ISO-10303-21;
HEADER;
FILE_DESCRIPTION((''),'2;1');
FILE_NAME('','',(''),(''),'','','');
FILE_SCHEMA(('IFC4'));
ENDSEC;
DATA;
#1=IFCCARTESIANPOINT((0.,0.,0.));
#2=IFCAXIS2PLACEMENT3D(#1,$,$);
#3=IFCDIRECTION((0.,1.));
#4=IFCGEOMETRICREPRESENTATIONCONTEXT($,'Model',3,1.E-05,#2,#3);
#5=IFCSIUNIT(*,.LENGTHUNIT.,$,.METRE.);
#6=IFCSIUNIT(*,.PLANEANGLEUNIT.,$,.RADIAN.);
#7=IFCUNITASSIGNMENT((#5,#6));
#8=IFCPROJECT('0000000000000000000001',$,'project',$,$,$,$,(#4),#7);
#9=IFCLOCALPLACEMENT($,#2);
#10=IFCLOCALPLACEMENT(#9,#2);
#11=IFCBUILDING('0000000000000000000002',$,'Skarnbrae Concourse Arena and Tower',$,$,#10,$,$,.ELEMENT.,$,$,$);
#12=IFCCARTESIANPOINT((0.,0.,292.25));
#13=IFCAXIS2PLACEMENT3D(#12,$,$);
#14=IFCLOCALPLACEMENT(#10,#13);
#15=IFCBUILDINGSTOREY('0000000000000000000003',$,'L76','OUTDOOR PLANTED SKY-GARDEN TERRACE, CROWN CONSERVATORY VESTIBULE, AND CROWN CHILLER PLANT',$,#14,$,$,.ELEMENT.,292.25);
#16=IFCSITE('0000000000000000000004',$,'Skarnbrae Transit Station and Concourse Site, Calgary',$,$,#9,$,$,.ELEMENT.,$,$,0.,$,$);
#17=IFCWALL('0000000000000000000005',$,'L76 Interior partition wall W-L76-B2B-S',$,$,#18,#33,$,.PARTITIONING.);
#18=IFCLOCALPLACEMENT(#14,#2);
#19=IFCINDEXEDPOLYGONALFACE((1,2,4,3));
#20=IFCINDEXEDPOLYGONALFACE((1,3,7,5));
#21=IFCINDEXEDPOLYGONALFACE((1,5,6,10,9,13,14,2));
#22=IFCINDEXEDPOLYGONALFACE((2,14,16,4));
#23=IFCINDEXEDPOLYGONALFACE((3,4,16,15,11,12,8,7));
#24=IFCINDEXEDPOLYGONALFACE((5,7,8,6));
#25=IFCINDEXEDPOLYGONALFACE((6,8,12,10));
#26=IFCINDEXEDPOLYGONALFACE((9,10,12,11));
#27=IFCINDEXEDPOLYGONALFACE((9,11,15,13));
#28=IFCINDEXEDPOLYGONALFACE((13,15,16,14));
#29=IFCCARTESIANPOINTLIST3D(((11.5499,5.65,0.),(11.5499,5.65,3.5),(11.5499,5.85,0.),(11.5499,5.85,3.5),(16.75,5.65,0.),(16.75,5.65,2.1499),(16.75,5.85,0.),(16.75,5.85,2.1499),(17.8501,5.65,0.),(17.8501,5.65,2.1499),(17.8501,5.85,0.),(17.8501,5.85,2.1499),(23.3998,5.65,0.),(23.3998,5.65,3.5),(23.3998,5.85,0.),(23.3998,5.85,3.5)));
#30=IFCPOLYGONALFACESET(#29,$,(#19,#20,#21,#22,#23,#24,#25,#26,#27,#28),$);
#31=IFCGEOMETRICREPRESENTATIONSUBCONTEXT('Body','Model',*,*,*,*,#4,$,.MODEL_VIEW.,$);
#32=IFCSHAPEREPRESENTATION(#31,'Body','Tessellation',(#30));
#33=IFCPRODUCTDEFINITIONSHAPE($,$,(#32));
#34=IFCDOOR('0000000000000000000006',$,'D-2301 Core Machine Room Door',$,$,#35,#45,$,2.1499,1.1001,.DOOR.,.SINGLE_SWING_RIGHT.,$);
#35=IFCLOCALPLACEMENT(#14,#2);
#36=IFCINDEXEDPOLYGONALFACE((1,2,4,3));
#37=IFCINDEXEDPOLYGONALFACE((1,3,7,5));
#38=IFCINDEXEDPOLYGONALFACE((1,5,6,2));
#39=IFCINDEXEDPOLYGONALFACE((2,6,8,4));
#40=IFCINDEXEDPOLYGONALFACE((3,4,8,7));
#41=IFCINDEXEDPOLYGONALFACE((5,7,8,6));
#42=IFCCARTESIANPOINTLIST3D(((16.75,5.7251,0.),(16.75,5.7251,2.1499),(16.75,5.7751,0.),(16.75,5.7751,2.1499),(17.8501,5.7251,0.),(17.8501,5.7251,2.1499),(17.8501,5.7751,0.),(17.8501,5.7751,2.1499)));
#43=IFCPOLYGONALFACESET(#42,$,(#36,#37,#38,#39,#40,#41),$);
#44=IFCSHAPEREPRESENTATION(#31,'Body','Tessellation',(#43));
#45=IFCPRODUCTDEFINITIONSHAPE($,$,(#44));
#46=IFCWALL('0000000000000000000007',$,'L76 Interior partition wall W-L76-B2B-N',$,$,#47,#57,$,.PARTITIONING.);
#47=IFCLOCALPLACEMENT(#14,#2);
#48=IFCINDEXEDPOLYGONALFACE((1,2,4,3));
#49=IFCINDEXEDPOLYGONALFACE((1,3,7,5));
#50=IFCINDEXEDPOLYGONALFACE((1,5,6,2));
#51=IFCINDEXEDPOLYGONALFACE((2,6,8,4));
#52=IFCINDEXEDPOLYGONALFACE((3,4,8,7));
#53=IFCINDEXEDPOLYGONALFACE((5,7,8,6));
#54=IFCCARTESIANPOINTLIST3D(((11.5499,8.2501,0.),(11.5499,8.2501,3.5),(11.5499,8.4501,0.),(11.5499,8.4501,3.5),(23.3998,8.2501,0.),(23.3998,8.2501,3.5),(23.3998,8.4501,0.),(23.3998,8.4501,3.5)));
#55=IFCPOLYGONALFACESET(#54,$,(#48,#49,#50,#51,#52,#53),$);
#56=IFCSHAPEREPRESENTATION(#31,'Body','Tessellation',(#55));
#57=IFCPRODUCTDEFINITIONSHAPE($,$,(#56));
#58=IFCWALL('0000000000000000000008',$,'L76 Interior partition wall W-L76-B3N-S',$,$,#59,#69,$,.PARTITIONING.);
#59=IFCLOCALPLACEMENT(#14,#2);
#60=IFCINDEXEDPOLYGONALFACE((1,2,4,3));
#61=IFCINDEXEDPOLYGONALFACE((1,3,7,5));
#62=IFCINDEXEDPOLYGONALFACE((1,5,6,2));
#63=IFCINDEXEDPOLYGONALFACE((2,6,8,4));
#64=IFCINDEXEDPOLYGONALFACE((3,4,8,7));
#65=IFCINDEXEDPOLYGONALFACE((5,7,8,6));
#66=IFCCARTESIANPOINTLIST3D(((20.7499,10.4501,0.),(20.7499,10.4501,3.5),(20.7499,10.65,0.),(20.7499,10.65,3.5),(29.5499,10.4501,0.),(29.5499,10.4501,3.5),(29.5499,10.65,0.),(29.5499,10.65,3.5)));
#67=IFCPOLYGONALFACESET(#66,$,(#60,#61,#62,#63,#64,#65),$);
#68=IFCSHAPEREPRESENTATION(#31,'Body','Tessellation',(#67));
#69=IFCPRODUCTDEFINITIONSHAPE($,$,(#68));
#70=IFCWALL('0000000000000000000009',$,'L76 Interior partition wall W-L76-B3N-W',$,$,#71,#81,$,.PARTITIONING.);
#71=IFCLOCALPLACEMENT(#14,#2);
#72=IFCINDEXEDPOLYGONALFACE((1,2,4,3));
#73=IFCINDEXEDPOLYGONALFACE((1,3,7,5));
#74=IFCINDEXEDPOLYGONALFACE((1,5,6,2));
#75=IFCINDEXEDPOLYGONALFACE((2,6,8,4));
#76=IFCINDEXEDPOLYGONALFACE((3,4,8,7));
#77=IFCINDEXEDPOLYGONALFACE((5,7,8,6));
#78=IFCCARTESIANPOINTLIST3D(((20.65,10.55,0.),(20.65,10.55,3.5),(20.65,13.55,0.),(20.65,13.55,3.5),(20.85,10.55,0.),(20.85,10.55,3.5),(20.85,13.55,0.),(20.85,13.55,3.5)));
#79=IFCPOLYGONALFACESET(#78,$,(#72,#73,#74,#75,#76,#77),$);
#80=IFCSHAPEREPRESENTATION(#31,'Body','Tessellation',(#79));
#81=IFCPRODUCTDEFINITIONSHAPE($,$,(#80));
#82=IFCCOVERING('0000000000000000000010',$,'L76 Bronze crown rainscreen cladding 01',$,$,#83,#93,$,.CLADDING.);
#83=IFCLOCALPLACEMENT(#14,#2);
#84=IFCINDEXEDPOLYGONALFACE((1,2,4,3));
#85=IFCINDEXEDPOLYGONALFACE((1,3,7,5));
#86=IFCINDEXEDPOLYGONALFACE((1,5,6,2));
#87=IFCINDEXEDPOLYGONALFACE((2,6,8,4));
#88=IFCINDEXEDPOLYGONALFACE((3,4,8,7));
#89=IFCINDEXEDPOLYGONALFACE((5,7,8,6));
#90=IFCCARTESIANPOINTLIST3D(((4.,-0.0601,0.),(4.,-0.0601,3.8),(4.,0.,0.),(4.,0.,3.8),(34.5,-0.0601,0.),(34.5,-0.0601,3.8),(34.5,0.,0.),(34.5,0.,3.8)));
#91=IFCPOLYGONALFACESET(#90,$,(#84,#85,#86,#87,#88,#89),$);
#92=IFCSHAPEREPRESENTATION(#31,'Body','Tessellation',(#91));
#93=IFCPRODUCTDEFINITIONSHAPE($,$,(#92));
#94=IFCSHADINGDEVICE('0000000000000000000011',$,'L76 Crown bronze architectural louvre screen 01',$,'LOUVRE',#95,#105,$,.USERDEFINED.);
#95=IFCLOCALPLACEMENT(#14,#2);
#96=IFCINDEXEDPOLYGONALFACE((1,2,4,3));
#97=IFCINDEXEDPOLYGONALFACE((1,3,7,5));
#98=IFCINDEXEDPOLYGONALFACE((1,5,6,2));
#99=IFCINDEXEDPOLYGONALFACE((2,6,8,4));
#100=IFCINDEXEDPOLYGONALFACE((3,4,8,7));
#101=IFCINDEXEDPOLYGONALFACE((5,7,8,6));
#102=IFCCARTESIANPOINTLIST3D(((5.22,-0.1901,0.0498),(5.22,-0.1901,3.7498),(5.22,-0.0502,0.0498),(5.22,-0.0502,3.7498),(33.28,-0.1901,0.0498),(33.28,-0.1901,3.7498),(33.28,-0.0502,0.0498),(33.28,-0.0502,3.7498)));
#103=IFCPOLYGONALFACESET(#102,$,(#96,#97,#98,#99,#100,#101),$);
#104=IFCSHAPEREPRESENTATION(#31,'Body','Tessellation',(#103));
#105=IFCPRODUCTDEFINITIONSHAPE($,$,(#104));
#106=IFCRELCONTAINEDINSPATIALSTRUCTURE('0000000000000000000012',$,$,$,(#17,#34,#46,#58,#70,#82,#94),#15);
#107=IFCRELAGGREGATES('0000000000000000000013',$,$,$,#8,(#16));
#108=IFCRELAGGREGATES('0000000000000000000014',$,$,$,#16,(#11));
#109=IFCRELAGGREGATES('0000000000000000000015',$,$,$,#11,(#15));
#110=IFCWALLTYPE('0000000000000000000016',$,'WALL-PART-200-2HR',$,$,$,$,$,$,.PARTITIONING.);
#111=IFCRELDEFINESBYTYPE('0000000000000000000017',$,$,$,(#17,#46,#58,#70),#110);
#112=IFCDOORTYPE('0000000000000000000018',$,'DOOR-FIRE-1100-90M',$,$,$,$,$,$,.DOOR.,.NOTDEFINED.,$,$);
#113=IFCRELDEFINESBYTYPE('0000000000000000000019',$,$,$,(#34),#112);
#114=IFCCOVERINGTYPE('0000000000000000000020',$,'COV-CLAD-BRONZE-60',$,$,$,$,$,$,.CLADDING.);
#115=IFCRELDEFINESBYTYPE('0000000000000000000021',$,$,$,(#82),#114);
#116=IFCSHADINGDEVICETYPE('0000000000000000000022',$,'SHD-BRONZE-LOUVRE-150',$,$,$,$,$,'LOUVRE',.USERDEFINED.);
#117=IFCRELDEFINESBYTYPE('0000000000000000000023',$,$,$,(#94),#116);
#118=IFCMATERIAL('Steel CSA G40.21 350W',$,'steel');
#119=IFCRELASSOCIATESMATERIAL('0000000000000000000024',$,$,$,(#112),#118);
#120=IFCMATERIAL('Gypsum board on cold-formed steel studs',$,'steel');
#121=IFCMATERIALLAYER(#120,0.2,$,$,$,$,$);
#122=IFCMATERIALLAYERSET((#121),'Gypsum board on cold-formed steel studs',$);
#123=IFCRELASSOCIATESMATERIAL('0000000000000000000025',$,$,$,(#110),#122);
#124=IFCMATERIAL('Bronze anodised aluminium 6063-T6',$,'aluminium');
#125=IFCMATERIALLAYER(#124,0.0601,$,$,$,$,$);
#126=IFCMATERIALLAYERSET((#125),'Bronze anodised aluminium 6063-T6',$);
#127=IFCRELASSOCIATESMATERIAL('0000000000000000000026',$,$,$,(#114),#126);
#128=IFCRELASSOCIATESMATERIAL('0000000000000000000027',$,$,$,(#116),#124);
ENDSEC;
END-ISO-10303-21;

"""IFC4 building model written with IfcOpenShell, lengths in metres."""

from ifc_helpers import new_model, si_unit, direction, frame, frame_2d, origin, origin_2d, place, context, subcontext, project, spatial, rectangle, extrude, source, transform, mapped, material, layer, layer_set, type_object, element, fill, save


model = new_model("IFC4")

# Units and contexts
model_context = context("Model", 3, precision=1e-05, world=origin(), true_north=direction((0.0, 1.0)))
body_context = subcontext(model_context, "Body", "Model", "MODEL_VIEW")
ifc_project = project(units=[si_unit("LENGTHUNIT", "METRE"), si_unit("PLANEANGLEUNIT", "RADIAN")], contexts=[model_context])

# Site, building, storey
site_placement = place(None, origin())
site = spatial("IfcSite", under=ifc_project, at=site_placement, Name="Skarnbrae Transit Station and Concourse Site, Calgary", CompositionType="ELEMENT", RefElevation=0.0)
building_placement = place(site_placement, origin())
building = spatial("IfcBuilding", under=site, at=building_placement, Name="Skarnbrae Concourse Arena and Tower", CompositionType="ELEMENT")
storey_placement = place(building_placement, frame((0.0, 0.0, 292.25)))
storey = spatial("IfcBuildingStorey", under=building, at=storey_placement, Name="L76", Description="OUTDOOR PLANTED SKY-GARDEN TERRACE, CROWN CONSERVATORY VESTIBULE, AND CROWN CHILLER PLANT", CompositionType="ELEMENT", Elevation=292.25)

# Shared definitions
ifc_material_1 = material(Name="Steel CSA G40.21 350W", Category="steel")

# Shared definitions
door_type_1 = type_object("IfcDoorType", Name="DOOR-FIRE-1100-90M", OperationType="NOTDEFINED", PredefinedType="DOOR", material=ifc_material_1)
shared_shape_1 = source(origin(), body_context, "Body", "SweptSolid", [
    extrude(rectangle(XDim=1.1001, YDim=2.1499, at=frame_2d((0.55, 1.075))), frame((0.0, 0.0249, 0.0), z_axis=(0.0, -1.0, 0.0), x_axis=(1.0, 0.0, 0.0)), (0.0, 0.0, 1.0), 0.05),
])

# Shared definitions
ifc_material_2 = material(Name="Gypsum board on cold-formed steel studs", Category="steel")
ifc_layer_1 = layer(ifc_material_2, 0.2)
ifc_layer_set_1 = layer_set([ifc_layer_1], Name="Gypsum board on cold-formed steel studs")
wall_type_1 = type_object("IfcWallType", Name="WALL-PART-200-2HR", PredefinedType="PARTITIONING", material=ifc_layer_set_1)

# Wall, opening, door
shared_shape_2 = source(origin(), body_context, "Body", "SweptSolid", [
    extrude(rectangle(XDim=11.8499, YDim=0.2, at=frame_2d((5.9248, 0.0))), origin(), (0.0, 0.0, 1.0), 3.5),
])
wall_1_placement = place(storey_placement, frame((11.55, 5.75, 0.0), z_axis=(0.0, 0.0, 1.0), x_axis=(1.0, 0.0, 0.0)))
wall_1 = element("IfcWall", 1, at=wall_1_placement, inside=storey, type_object=wall_type_1, Name="L76 Interior partition wall W-L76-B2B-S", PredefinedType="PARTITIONING", context=body_context, shape_type="MappedRepresentation", body=[
    mapped(shared_shape_2, transform((0.0, 0.0, 0.0))),
])
opening_1_placement = place(wall_1_placement, frame((5.2, 0.0, 0.0)))
opening_1 = element("IfcOpeningElement", 2, at=opening_1_placement, cuts=wall_1, PredefinedType="OPENING", context=body_context, shape_type="SweptSolid", body=[
    extrude(rectangle(XDim=1.1001, YDim=2.1499, at=frame_2d((0.55, 1.075))), frame((0.0, 0.1099, 0.0), z_axis=(0.0, -1.0, 0.0), x_axis=(1.0, 0.0, 0.0)), (0.0, 0.0, 1.0), 0.22),
])
door_1_placement = place(opening_1_placement, frame((1.1001, 0.0, 0.0), z_axis=(0.0, 0.0, 1.0), x_axis=(-1.0, 0.0, 0.0)))
door_1 = element("IfcDoor", 3, at=door_1_placement, inside=storey, type_object=door_type_1, Name="D-2301 Core Machine Room Door", OperationType="SINGLE_SWING_RIGHT", OverallHeight=2.1499, OverallWidth=1.1001, PredefinedType="DOOR", context=body_context, shape_type="MappedRepresentation", body=[
    mapped(shared_shape_1, transform((0.0, 0.0, 0.0))),
])
fill(opening_1, door_1)

# Walls
wall_2_placement = place(storey_placement, frame((11.55, 8.3501, 0.0), z_axis=(0.0, 0.0, 1.0), x_axis=(1.0, 0.0, 0.0)))
element("IfcWall", 4, at=wall_2_placement, inside=storey, type_object=wall_type_1, Name="L76 Interior partition wall W-L76-B2B-N", PredefinedType="PARTITIONING", context=body_context, shape_type="MappedRepresentation", body=[
    mapped(shared_shape_2, transform((0.0, 0.0, 0.0))),
])
shared_shape_3 = source(origin(), body_context, "Body", "SweptSolid", [
    extrude(rectangle(XDim=8.8, YDim=0.2, at=frame_2d((4.3999, 0.0))), origin(), (0.0, 0.0, 1.0), 3.5),
])
wall_3_placement = place(storey_placement, frame((20.75, 10.55, 0.0), z_axis=(0.0, 0.0, 1.0), x_axis=(1.0, 0.0, 0.0)))
element("IfcWall", 5, at=wall_3_placement, inside=storey, type_object=wall_type_1, Name="L76 Interior partition wall W-L76-B3N-S", PredefinedType="PARTITIONING", context=body_context, shape_type="MappedRepresentation", body=[
    mapped(shared_shape_3, transform((0.0, 0.0, 0.0))),
])
shared_shape_4 = source(origin(), body_context, "Body", "SweptSolid", [
    extrude(rectangle(XDim=3.0, YDim=0.2, at=frame_2d((1.5, 0.0))), origin(), (0.0, 0.0, 1.0), 3.5),
])
wall_4_placement = place(storey_placement, frame((20.75, 10.55, 0.0), z_axis=(0.0, 0.0, 1.0), x_axis=(0.0, 1.0, 0.0)))
element("IfcWall", 6, at=wall_4_placement, inside=storey, type_object=wall_type_1, Name="L76 Interior partition wall W-L76-B3N-W", PredefinedType="PARTITIONING", context=body_context, shape_type="MappedRepresentation", body=[
    mapped(shared_shape_4, transform((0.0, 0.0, 0.0))),
])

# Covering
ifc_material_3 = material(Name="Bronze anodised aluminium 6063-T6", Category="aluminium")
ifc_layer_2 = layer(ifc_material_3, 0.0601)
ifc_layer_set_2 = layer_set([ifc_layer_2], Name="Bronze anodised aluminium 6063-T6")
covering_type = type_object("IfcCoveringType", Name="COV-CLAD-BRONZE-60", PredefinedType="CLADDING", material=ifc_layer_set_2)
shared_shape_5 = source(origin(), body_context, "Body", "SweptSolid", [
    extrude(rectangle(XDim=30.5, YDim=0.0601, at=origin_2d()), origin(), (0.0, 0.0, 1.0), 3.8),
])
covering_placement = place(storey_placement, frame((19.25, -0.03, 0.0), z_axis=(0.0, 0.0, 1.0), x_axis=(1.0, 0.0, 0.0)))
element("IfcCovering", 7, at=covering_placement, inside=storey, type_object=covering_type, Name="L76 Bronze crown rainscreen cladding 01", PredefinedType="CLADDING", context=body_context, shape_type="MappedRepresentation", body=[
    mapped(shared_shape_5, transform((0.0, 0.0, 0.0))),
])

# Shading device
shading_device_type = type_object("IfcShadingDeviceType", Name="SHD-BRONZE-LOUVRE-150", ElementType="LOUVRE", PredefinedType="USERDEFINED", material=ifc_material_3)
shared_shape_6 = source(origin(), body_context, "Body", "SweptSolid", [
    extrude(rectangle(XDim=28.0601, YDim=0.1399, at=origin_2d()), origin(), (0.0, 0.0, 1.0), 3.7),
])
shading_device_placement = place(storey_placement, frame((19.25, -0.1201, 0.0498), z_axis=(0.0, 0.0, 1.0), x_axis=(1.0, 0.0, 0.0)))
element("IfcShadingDevice", 8, at=shading_device_placement, inside=storey, type_object=shading_device_type, Name="L76 Crown bronze architectural louvre screen 01", ObjectType="LOUVRE", PredefinedType="USERDEFINED", context=body_context, shape_type="MappedRepresentation", body=[
    mapped(shared_shape_6, transform((0.0, 0.0, 0.0))),
])

save(model, "model.ifc")
